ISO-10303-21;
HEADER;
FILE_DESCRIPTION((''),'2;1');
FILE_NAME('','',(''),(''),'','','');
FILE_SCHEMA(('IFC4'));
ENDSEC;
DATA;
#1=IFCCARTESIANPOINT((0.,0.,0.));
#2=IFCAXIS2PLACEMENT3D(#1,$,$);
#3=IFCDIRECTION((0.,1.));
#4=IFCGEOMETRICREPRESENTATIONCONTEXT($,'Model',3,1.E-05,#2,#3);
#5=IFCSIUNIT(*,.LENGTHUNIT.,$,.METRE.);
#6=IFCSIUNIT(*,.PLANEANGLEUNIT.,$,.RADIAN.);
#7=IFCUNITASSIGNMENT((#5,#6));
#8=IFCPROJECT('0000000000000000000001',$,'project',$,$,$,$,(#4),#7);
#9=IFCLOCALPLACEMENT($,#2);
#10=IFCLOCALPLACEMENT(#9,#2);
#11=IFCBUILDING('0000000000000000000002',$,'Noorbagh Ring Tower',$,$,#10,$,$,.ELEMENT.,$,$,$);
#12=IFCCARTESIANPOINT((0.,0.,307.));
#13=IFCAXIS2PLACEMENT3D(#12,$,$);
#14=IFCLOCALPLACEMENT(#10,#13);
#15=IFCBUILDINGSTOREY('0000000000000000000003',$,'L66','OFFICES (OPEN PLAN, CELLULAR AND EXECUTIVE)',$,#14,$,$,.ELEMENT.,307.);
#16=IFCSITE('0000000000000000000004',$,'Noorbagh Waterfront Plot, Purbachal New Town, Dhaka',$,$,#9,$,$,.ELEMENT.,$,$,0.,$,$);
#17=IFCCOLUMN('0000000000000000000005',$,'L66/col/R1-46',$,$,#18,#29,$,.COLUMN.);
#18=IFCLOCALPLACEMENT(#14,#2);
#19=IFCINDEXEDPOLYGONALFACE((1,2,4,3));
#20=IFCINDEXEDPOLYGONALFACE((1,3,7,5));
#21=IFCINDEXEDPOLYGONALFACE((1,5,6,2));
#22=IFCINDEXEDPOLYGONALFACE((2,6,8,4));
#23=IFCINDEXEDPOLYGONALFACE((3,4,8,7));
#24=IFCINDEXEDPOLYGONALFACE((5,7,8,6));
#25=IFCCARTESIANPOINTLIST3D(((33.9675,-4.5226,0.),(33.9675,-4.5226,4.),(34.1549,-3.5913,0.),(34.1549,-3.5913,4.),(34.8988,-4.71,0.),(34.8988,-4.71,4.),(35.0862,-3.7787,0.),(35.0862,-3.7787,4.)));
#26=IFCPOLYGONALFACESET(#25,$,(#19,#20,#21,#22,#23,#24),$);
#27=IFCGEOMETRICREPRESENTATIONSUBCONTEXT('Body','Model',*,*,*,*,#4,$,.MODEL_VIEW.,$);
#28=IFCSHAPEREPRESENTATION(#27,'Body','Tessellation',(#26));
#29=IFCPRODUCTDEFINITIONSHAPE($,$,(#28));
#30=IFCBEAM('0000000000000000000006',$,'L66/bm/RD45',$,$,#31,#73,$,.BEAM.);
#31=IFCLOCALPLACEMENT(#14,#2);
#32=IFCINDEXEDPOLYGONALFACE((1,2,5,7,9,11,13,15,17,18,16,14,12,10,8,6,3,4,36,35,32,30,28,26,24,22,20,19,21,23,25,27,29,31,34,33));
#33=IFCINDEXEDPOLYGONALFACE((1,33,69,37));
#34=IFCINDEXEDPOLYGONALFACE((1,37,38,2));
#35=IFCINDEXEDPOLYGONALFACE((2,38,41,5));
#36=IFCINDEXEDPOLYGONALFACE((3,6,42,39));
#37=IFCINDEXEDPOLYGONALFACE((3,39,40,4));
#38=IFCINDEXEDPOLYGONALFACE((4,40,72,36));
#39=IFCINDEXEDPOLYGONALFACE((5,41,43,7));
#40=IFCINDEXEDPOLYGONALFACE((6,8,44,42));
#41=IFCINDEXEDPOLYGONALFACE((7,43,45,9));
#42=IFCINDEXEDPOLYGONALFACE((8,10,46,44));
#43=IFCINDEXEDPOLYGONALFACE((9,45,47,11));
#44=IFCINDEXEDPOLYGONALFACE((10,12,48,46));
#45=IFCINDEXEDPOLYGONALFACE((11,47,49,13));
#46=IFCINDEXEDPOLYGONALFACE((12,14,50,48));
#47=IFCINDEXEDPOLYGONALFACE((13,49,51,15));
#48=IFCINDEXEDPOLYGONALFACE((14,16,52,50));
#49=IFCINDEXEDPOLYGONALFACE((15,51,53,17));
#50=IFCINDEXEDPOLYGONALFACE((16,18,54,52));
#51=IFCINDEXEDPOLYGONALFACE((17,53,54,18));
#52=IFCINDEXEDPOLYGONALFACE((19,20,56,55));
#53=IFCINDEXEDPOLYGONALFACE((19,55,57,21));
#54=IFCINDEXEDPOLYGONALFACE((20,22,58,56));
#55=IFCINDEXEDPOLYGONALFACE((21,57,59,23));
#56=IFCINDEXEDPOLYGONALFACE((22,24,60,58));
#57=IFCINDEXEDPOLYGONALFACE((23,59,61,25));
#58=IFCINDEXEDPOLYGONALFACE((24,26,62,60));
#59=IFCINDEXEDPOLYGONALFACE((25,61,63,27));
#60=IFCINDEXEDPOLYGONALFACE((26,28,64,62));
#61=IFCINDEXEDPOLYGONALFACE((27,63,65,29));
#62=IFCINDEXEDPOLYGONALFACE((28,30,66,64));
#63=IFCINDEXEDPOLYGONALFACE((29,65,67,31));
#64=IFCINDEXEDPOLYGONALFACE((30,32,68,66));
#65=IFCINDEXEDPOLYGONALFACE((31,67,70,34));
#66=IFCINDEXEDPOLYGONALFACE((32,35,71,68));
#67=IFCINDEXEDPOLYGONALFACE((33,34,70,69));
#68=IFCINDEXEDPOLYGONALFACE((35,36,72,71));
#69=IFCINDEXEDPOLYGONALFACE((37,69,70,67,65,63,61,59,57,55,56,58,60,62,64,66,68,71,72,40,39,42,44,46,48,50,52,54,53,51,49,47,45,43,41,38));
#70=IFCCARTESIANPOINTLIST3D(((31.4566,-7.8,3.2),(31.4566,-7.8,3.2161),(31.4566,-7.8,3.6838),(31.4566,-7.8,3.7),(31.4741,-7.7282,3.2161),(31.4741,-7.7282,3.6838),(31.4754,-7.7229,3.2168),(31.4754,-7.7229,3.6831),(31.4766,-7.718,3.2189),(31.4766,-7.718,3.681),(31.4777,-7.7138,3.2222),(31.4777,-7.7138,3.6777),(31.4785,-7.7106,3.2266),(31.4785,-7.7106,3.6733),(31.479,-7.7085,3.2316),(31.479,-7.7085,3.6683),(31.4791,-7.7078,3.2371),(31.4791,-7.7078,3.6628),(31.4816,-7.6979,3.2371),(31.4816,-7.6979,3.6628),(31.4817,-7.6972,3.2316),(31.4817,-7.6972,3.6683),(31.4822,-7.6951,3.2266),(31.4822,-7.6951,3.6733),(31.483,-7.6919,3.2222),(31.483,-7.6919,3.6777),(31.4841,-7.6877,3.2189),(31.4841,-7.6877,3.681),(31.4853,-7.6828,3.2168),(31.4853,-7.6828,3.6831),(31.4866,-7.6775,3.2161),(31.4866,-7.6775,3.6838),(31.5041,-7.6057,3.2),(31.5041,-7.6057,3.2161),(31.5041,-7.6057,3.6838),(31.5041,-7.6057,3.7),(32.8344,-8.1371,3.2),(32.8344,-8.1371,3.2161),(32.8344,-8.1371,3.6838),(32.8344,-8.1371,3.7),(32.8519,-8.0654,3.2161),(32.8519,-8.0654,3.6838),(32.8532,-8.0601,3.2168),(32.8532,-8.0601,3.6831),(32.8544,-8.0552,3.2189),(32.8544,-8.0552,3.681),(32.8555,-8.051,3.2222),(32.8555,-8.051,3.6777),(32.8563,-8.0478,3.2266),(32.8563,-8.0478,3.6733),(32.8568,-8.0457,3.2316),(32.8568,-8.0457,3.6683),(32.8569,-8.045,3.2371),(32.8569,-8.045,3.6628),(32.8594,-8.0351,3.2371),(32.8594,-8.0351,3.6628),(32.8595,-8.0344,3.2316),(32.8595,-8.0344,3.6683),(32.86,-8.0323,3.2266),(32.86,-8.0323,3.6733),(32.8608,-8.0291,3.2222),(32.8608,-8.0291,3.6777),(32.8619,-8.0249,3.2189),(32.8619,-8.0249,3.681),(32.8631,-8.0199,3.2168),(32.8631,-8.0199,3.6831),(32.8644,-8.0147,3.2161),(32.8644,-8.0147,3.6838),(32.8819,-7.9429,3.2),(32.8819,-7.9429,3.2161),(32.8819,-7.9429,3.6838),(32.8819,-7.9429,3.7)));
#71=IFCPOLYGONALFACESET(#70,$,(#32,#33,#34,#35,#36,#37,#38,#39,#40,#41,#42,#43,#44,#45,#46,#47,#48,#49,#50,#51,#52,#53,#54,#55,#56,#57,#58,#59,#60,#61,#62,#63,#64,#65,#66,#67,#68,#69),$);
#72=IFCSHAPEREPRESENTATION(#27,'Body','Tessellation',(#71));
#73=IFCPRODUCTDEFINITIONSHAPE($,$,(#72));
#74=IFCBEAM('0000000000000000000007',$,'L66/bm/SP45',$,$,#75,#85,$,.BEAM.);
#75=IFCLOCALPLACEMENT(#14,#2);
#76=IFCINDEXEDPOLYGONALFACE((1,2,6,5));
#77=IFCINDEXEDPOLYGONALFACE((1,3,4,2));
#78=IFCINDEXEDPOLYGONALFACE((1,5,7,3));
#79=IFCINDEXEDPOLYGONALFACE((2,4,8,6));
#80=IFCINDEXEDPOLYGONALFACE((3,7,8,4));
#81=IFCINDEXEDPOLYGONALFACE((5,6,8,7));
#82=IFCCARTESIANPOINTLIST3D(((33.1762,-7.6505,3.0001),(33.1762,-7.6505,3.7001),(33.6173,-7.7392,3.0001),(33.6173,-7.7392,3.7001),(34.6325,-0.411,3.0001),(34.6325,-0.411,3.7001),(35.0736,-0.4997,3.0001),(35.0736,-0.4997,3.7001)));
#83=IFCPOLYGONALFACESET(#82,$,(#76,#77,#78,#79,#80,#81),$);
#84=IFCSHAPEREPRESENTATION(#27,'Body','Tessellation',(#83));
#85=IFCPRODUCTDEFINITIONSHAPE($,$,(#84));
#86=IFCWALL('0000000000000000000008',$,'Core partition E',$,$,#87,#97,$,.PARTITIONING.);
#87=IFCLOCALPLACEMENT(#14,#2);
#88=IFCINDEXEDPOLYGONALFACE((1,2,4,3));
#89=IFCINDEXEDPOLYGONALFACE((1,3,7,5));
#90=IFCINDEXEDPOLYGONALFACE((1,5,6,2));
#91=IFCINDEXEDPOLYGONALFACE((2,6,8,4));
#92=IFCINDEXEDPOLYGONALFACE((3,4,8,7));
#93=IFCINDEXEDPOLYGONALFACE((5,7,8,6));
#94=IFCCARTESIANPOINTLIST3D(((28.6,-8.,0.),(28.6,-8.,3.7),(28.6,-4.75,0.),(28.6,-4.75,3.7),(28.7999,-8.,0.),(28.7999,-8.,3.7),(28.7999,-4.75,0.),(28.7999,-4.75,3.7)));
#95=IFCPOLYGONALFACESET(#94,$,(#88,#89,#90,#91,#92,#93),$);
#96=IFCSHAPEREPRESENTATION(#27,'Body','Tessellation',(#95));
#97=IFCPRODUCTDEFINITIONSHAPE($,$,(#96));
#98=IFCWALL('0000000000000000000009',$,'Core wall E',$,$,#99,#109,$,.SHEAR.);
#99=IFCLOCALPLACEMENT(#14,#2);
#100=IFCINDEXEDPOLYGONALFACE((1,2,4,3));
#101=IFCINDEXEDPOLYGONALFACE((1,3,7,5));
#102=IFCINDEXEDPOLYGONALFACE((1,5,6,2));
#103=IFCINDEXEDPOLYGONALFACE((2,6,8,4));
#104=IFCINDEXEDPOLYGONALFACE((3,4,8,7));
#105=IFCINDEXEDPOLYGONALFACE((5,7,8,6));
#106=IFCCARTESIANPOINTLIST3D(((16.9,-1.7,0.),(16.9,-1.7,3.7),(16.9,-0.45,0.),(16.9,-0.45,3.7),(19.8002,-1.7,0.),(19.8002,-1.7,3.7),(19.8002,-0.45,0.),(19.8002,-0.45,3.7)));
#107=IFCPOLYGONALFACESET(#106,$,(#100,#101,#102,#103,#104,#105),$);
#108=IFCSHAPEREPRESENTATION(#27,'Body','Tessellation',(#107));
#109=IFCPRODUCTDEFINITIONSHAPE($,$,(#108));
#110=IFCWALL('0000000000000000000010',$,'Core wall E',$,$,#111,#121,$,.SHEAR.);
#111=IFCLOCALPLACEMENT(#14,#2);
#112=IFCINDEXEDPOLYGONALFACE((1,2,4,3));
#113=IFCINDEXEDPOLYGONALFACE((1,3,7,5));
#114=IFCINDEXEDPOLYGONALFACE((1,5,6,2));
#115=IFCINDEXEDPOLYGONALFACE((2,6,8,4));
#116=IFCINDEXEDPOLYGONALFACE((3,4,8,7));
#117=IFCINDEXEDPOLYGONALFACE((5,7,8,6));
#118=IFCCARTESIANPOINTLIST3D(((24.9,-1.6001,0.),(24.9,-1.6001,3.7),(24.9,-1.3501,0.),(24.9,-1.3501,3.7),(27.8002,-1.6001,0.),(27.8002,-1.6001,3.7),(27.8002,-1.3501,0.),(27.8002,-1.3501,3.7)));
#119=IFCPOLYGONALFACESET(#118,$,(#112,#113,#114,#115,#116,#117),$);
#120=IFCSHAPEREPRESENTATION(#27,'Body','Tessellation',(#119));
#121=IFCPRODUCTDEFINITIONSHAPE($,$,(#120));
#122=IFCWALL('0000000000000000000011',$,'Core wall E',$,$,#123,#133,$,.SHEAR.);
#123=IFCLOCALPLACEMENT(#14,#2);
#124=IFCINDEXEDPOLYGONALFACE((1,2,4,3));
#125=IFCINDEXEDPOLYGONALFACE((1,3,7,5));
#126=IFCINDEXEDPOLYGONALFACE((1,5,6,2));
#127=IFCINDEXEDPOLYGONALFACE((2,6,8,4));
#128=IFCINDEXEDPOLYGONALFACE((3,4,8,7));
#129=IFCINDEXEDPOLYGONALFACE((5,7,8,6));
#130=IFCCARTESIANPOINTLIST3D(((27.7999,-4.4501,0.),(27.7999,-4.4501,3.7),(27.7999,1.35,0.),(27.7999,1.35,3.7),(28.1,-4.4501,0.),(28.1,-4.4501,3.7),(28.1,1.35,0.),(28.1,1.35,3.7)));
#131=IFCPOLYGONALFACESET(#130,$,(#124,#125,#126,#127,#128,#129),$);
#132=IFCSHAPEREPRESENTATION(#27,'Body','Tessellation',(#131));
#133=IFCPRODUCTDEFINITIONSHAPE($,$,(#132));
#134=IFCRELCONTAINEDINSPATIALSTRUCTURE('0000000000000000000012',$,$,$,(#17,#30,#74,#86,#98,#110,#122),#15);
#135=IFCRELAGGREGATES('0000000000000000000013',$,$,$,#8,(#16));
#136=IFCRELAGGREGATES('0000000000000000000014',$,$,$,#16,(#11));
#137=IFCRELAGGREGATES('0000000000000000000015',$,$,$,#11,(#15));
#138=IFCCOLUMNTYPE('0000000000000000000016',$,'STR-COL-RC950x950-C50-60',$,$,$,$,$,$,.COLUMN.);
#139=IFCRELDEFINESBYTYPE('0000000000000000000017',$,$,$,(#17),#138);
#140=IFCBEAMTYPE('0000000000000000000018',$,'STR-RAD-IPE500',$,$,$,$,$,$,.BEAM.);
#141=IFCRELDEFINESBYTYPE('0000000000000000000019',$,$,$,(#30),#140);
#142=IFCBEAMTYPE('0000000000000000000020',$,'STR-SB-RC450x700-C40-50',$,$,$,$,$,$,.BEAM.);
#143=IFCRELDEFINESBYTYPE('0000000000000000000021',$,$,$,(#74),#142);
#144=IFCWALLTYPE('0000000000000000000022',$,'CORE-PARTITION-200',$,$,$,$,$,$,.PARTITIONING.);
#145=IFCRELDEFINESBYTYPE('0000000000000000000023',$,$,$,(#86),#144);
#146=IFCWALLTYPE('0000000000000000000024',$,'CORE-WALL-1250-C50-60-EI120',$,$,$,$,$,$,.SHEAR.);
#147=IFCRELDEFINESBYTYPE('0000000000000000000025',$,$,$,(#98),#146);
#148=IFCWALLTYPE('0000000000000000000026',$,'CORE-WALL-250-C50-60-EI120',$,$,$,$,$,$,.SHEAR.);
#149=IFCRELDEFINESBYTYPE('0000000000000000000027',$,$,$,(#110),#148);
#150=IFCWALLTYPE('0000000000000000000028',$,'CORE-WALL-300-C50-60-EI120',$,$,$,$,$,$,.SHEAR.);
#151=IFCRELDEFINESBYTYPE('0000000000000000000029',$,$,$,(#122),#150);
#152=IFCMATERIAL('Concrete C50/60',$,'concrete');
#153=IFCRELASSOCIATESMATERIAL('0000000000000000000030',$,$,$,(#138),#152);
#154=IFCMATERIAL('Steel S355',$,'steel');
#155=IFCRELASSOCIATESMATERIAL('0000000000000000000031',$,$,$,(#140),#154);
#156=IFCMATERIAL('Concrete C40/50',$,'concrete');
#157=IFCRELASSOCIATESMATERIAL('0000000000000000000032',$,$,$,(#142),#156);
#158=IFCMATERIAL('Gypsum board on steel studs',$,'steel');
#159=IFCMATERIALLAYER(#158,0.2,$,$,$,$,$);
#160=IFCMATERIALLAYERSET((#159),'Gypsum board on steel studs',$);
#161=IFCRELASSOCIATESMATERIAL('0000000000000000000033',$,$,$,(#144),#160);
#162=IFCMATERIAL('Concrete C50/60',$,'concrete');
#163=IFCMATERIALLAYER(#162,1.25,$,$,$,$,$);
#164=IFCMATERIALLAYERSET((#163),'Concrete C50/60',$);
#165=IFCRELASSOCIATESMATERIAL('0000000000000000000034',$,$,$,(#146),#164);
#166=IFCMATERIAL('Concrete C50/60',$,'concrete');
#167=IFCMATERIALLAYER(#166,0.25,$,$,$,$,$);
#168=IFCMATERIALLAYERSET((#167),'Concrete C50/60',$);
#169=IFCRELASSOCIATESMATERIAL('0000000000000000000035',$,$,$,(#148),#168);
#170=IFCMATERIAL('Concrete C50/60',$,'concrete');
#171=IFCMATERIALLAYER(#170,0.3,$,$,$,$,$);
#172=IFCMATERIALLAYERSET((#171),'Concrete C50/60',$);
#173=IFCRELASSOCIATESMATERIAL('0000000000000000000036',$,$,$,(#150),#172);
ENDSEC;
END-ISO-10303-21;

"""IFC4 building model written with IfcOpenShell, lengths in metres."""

from ifc_helpers import new_model, si_unit, direction, frame, frame_2d, origin, origin_2d, place, context, subcontext, project, spatial, rectangle, i_section, extrude, material, layer, layer_set, material_profile, profile_set, type_object, element, save


model = new_model("IFC4")

# Units and contexts
model_context = context("Model", 3, precision=1e-05, world=origin(), true_north=direction((0.0, 1.0)))
body_context = subcontext(model_context, "Body", "Model", "MODEL_VIEW")
ifc_project = project(units=[si_unit("LENGTHUNIT", "METRE"), si_unit("PLANEANGLEUNIT", "RADIAN")], contexts=[model_context])

# Site, building, storey
site_placement = place(None, origin())
site = spatial("IfcSite", under=ifc_project, at=site_placement, Name="Noorbagh Waterfront Plot, Purbachal New Town, Dhaka", CompositionType="ELEMENT", RefElevation=0.0)
building_placement = place(site_placement, origin())
building = spatial("IfcBuilding", under=site, at=building_placement, Name="Noorbagh Ring Tower", CompositionType="ELEMENT")
storey_placement = place(building_placement, frame((0.0, 0.0, 307.0)))
storey = spatial("IfcBuildingStorey", under=building, at=storey_placement, Name="L66", Description="OFFICES (OPEN PLAN, CELLULAR AND EXECUTIVE)", CompositionType="ELEMENT", Elevation=307.0)

# Column
ifc_material_1 = material(Name="Concrete C50/60", Category="concrete")
ifc_material_profile_1 = material_profile(ifc_material_1, rectangle(XDim=0.95, YDim=0.95, at=origin_2d()), Name="RC950x950")
ifc_profile_set_1 = profile_set([ifc_material_profile_1], Name="Concrete C50/60")
column_type = type_object("IfcColumnType", Name="STR-COL-RC950x950-C50-60", PredefinedType="COLUMN", material=ifc_profile_set_1)
column_placement = place(storey_placement, frame((34.5269, -4.1506, 0.0), z_axis=(0.0, 0.0, 1.0), x_axis=(0.19723, 0.980357, 0.0)))
element("IfcColumn", 1, at=column_placement, inside=storey, type_object=column_type, Name="L66/col/R1-46", PredefinedType="COLUMN", context=body_context, shape_type="SweptSolid", body=[
    extrude(rectangle(XDim=0.95, YDim=0.95, at=origin_2d()), origin(), (0.0, 0.0, 1.0), 4.0),
])

# Beams
ifc_material_2 = material(Name="Steel S355", Category="steel")
ifc_material_profile_2 = material_profile(ifc_material_2, i_section(OverallWidth=0.2, OverallDepth=0.5, WebThickness=0.0103, FlangeThickness=0.0161, FilletRadius=0.021, at=origin_2d()), Name="IPE500")
ifc_profile_set_2 = profile_set([ifc_material_profile_2], Name="Steel S355")
beam_type_1 = type_object("IfcBeamType", Name="STR-RAD-IPE500", PredefinedType="BEAM", material=ifc_profile_set_2)
beam_1_placement = place(storey_placement, frame((32.8582, -8.04, 3.45), z_axis=(-0.971335, 0.237713, 0.0), x_axis=(-0.237713, -0.971335, 0.0)))
element("IfcBeam", 2, at=beam_1_placement, inside=storey, type_object=beam_type_1, Name="L66/bm/RD45", PredefinedType="BEAM", context=body_context, shape_type="SweptSolid", body=[
    extrude(i_section(OverallWidth=0.2, OverallDepth=0.5, WebThickness=0.0103, FlangeThickness=0.0161, FilletRadius=0.021, at=origin_2d()), origin(), (0.0, 0.0, 1.0), 1.4185),
])
ifc_material_3 = material(Name="Concrete C40/50", Category="concrete")
ifc_material_profile_3 = material_profile(ifc_material_3, rectangle(XDim=0.45, YDim=0.7, at=origin_2d()), Name="RC450x700")
ifc_profile_set_3 = profile_set([ifc_material_profile_3], Name="Concrete C40/50")
beam_type_2 = type_object("IfcBeamType", Name="STR-SB-RC450x700-C40-50", PredefinedType="BEAM", material=ifc_profile_set_3)
beam_2_placement = place(storey_placement, frame((33.3967, -7.6948, 3.3501), z_axis=(0.19721, 0.980361, 0.0), x_axis=(-0.980361, 0.19721, 0.0)))
element("IfcBeam", 3, at=beam_2_placement, inside=storey, type_object=beam_type_2, Name="L66/bm/SP45", PredefinedType="BEAM", context=body_context, shape_type="SweptSolid", body=[
    extrude(rectangle(XDim=0.45, YDim=0.7, at=origin_2d()), origin(), (0.0, 0.0, 1.0), 7.3845),
])

# Walls
ifc_material_4 = material(Name="Gypsum board on steel studs", Category="steel")
ifc_layer_1 = layer(ifc_material_4, 0.2)
ifc_layer_set_1 = layer_set([ifc_layer_1], Name="Gypsum board on steel studs")
wall_type_1 = type_object("IfcWallType", Name="CORE-PARTITION-200", PredefinedType="PARTITIONING", material=ifc_layer_set_1)
wall_1_placement = place(storey_placement, frame((28.7, -8.0, 0.0), z_axis=(0.0, 0.0, 1.0), x_axis=(0.0, 1.0, 0.0)))
element("IfcWall", 4, at=wall_1_placement, inside=storey, type_object=wall_type_1, Name="Core partition E", PredefinedType="PARTITIONING", context=body_context, shape_type="SweptSolid", body=[
    extrude(rectangle(XDim=3.25, YDim=0.2, at=frame_2d((1.625, 0.0))), origin(), (0.0, 0.0, 1.0), 3.7),
])
ifc_material_5 = material(Name="Concrete C50/60", Category="concrete")
ifc_layer_2 = layer(ifc_material_5, 1.25)
ifc_layer_set_2 = layer_set([ifc_layer_2], Name="Concrete C50/60")
wall_type_2 = type_object("IfcWallType", Name="CORE-WALL-1250-C50-60-EI120", PredefinedType="SHEAR", material=ifc_layer_set_2)
wall_2_placement = place(storey_placement, frame((16.8999, -1.075, 0.0), z_axis=(0.0, 0.0, 1.0), x_axis=(1.0, 0.0, 0.0)))
element("IfcWall", 5, at=wall_2_placement, inside=storey, type_object=wall_type_2, Name="Core wall E", PredefinedType="SHEAR", context=body_context, shape_type="SweptSolid", body=[
    extrude(rectangle(XDim=2.9001, YDim=1.25, at=frame_2d((1.4502, 0.0))), origin(), (0.0, 0.0, 1.0), 3.7),
])
ifc_material_6 = material(Name="Concrete C50/60", Category="concrete")
ifc_layer_3 = layer(ifc_material_6, 0.25)
ifc_layer_set_3 = layer_set([ifc_layer_3], Name="Concrete C50/60")
wall_type_3 = type_object("IfcWallType", Name="CORE-WALL-250-C50-60-EI120", PredefinedType="SHEAR", material=ifc_layer_set_3)
wall_3_placement = place(storey_placement, frame((24.8999, -1.4751, 0.0), z_axis=(0.0, 0.0, 1.0), x_axis=(1.0, 0.0, 0.0)))
element("IfcWall", 6, at=wall_3_placement, inside=storey, type_object=wall_type_3, Name="Core wall E", PredefinedType="SHEAR", context=body_context, shape_type="SweptSolid", body=[
    extrude(rectangle(XDim=2.9001, YDim=0.25, at=frame_2d((1.4502, 0.0))), origin(), (0.0, 0.0, 1.0), 3.7),
])
ifc_material_7 = material(Name="Concrete C50/60", Category="concrete")
ifc_layer_4 = layer(ifc_material_7, 0.3)
ifc_layer_set_4 = layer_set([ifc_layer_4], Name="Concrete C50/60")
wall_type_4 = type_object("IfcWallType", Name="CORE-WALL-300-C50-60-EI120", PredefinedType="SHEAR", material=ifc_layer_set_4)
wall_4_placement = place(storey_placement, frame((27.95, -4.45, 0.0), z_axis=(0.0, 0.0, 1.0), x_axis=(0.0, 1.0, 0.0)))
element("IfcWall", 7, at=wall_4_placement, inside=storey, type_object=wall_type_4, Name="Core wall E", PredefinedType="SHEAR", context=body_context, shape_type="SweptSolid", body=[
    extrude(rectangle(XDim=5.8, YDim=0.3, at=frame_2d((2.8999, 0.0))), origin(), (0.0, 0.0, 1.0), 3.7),
])

save(model, "model.ifc")
